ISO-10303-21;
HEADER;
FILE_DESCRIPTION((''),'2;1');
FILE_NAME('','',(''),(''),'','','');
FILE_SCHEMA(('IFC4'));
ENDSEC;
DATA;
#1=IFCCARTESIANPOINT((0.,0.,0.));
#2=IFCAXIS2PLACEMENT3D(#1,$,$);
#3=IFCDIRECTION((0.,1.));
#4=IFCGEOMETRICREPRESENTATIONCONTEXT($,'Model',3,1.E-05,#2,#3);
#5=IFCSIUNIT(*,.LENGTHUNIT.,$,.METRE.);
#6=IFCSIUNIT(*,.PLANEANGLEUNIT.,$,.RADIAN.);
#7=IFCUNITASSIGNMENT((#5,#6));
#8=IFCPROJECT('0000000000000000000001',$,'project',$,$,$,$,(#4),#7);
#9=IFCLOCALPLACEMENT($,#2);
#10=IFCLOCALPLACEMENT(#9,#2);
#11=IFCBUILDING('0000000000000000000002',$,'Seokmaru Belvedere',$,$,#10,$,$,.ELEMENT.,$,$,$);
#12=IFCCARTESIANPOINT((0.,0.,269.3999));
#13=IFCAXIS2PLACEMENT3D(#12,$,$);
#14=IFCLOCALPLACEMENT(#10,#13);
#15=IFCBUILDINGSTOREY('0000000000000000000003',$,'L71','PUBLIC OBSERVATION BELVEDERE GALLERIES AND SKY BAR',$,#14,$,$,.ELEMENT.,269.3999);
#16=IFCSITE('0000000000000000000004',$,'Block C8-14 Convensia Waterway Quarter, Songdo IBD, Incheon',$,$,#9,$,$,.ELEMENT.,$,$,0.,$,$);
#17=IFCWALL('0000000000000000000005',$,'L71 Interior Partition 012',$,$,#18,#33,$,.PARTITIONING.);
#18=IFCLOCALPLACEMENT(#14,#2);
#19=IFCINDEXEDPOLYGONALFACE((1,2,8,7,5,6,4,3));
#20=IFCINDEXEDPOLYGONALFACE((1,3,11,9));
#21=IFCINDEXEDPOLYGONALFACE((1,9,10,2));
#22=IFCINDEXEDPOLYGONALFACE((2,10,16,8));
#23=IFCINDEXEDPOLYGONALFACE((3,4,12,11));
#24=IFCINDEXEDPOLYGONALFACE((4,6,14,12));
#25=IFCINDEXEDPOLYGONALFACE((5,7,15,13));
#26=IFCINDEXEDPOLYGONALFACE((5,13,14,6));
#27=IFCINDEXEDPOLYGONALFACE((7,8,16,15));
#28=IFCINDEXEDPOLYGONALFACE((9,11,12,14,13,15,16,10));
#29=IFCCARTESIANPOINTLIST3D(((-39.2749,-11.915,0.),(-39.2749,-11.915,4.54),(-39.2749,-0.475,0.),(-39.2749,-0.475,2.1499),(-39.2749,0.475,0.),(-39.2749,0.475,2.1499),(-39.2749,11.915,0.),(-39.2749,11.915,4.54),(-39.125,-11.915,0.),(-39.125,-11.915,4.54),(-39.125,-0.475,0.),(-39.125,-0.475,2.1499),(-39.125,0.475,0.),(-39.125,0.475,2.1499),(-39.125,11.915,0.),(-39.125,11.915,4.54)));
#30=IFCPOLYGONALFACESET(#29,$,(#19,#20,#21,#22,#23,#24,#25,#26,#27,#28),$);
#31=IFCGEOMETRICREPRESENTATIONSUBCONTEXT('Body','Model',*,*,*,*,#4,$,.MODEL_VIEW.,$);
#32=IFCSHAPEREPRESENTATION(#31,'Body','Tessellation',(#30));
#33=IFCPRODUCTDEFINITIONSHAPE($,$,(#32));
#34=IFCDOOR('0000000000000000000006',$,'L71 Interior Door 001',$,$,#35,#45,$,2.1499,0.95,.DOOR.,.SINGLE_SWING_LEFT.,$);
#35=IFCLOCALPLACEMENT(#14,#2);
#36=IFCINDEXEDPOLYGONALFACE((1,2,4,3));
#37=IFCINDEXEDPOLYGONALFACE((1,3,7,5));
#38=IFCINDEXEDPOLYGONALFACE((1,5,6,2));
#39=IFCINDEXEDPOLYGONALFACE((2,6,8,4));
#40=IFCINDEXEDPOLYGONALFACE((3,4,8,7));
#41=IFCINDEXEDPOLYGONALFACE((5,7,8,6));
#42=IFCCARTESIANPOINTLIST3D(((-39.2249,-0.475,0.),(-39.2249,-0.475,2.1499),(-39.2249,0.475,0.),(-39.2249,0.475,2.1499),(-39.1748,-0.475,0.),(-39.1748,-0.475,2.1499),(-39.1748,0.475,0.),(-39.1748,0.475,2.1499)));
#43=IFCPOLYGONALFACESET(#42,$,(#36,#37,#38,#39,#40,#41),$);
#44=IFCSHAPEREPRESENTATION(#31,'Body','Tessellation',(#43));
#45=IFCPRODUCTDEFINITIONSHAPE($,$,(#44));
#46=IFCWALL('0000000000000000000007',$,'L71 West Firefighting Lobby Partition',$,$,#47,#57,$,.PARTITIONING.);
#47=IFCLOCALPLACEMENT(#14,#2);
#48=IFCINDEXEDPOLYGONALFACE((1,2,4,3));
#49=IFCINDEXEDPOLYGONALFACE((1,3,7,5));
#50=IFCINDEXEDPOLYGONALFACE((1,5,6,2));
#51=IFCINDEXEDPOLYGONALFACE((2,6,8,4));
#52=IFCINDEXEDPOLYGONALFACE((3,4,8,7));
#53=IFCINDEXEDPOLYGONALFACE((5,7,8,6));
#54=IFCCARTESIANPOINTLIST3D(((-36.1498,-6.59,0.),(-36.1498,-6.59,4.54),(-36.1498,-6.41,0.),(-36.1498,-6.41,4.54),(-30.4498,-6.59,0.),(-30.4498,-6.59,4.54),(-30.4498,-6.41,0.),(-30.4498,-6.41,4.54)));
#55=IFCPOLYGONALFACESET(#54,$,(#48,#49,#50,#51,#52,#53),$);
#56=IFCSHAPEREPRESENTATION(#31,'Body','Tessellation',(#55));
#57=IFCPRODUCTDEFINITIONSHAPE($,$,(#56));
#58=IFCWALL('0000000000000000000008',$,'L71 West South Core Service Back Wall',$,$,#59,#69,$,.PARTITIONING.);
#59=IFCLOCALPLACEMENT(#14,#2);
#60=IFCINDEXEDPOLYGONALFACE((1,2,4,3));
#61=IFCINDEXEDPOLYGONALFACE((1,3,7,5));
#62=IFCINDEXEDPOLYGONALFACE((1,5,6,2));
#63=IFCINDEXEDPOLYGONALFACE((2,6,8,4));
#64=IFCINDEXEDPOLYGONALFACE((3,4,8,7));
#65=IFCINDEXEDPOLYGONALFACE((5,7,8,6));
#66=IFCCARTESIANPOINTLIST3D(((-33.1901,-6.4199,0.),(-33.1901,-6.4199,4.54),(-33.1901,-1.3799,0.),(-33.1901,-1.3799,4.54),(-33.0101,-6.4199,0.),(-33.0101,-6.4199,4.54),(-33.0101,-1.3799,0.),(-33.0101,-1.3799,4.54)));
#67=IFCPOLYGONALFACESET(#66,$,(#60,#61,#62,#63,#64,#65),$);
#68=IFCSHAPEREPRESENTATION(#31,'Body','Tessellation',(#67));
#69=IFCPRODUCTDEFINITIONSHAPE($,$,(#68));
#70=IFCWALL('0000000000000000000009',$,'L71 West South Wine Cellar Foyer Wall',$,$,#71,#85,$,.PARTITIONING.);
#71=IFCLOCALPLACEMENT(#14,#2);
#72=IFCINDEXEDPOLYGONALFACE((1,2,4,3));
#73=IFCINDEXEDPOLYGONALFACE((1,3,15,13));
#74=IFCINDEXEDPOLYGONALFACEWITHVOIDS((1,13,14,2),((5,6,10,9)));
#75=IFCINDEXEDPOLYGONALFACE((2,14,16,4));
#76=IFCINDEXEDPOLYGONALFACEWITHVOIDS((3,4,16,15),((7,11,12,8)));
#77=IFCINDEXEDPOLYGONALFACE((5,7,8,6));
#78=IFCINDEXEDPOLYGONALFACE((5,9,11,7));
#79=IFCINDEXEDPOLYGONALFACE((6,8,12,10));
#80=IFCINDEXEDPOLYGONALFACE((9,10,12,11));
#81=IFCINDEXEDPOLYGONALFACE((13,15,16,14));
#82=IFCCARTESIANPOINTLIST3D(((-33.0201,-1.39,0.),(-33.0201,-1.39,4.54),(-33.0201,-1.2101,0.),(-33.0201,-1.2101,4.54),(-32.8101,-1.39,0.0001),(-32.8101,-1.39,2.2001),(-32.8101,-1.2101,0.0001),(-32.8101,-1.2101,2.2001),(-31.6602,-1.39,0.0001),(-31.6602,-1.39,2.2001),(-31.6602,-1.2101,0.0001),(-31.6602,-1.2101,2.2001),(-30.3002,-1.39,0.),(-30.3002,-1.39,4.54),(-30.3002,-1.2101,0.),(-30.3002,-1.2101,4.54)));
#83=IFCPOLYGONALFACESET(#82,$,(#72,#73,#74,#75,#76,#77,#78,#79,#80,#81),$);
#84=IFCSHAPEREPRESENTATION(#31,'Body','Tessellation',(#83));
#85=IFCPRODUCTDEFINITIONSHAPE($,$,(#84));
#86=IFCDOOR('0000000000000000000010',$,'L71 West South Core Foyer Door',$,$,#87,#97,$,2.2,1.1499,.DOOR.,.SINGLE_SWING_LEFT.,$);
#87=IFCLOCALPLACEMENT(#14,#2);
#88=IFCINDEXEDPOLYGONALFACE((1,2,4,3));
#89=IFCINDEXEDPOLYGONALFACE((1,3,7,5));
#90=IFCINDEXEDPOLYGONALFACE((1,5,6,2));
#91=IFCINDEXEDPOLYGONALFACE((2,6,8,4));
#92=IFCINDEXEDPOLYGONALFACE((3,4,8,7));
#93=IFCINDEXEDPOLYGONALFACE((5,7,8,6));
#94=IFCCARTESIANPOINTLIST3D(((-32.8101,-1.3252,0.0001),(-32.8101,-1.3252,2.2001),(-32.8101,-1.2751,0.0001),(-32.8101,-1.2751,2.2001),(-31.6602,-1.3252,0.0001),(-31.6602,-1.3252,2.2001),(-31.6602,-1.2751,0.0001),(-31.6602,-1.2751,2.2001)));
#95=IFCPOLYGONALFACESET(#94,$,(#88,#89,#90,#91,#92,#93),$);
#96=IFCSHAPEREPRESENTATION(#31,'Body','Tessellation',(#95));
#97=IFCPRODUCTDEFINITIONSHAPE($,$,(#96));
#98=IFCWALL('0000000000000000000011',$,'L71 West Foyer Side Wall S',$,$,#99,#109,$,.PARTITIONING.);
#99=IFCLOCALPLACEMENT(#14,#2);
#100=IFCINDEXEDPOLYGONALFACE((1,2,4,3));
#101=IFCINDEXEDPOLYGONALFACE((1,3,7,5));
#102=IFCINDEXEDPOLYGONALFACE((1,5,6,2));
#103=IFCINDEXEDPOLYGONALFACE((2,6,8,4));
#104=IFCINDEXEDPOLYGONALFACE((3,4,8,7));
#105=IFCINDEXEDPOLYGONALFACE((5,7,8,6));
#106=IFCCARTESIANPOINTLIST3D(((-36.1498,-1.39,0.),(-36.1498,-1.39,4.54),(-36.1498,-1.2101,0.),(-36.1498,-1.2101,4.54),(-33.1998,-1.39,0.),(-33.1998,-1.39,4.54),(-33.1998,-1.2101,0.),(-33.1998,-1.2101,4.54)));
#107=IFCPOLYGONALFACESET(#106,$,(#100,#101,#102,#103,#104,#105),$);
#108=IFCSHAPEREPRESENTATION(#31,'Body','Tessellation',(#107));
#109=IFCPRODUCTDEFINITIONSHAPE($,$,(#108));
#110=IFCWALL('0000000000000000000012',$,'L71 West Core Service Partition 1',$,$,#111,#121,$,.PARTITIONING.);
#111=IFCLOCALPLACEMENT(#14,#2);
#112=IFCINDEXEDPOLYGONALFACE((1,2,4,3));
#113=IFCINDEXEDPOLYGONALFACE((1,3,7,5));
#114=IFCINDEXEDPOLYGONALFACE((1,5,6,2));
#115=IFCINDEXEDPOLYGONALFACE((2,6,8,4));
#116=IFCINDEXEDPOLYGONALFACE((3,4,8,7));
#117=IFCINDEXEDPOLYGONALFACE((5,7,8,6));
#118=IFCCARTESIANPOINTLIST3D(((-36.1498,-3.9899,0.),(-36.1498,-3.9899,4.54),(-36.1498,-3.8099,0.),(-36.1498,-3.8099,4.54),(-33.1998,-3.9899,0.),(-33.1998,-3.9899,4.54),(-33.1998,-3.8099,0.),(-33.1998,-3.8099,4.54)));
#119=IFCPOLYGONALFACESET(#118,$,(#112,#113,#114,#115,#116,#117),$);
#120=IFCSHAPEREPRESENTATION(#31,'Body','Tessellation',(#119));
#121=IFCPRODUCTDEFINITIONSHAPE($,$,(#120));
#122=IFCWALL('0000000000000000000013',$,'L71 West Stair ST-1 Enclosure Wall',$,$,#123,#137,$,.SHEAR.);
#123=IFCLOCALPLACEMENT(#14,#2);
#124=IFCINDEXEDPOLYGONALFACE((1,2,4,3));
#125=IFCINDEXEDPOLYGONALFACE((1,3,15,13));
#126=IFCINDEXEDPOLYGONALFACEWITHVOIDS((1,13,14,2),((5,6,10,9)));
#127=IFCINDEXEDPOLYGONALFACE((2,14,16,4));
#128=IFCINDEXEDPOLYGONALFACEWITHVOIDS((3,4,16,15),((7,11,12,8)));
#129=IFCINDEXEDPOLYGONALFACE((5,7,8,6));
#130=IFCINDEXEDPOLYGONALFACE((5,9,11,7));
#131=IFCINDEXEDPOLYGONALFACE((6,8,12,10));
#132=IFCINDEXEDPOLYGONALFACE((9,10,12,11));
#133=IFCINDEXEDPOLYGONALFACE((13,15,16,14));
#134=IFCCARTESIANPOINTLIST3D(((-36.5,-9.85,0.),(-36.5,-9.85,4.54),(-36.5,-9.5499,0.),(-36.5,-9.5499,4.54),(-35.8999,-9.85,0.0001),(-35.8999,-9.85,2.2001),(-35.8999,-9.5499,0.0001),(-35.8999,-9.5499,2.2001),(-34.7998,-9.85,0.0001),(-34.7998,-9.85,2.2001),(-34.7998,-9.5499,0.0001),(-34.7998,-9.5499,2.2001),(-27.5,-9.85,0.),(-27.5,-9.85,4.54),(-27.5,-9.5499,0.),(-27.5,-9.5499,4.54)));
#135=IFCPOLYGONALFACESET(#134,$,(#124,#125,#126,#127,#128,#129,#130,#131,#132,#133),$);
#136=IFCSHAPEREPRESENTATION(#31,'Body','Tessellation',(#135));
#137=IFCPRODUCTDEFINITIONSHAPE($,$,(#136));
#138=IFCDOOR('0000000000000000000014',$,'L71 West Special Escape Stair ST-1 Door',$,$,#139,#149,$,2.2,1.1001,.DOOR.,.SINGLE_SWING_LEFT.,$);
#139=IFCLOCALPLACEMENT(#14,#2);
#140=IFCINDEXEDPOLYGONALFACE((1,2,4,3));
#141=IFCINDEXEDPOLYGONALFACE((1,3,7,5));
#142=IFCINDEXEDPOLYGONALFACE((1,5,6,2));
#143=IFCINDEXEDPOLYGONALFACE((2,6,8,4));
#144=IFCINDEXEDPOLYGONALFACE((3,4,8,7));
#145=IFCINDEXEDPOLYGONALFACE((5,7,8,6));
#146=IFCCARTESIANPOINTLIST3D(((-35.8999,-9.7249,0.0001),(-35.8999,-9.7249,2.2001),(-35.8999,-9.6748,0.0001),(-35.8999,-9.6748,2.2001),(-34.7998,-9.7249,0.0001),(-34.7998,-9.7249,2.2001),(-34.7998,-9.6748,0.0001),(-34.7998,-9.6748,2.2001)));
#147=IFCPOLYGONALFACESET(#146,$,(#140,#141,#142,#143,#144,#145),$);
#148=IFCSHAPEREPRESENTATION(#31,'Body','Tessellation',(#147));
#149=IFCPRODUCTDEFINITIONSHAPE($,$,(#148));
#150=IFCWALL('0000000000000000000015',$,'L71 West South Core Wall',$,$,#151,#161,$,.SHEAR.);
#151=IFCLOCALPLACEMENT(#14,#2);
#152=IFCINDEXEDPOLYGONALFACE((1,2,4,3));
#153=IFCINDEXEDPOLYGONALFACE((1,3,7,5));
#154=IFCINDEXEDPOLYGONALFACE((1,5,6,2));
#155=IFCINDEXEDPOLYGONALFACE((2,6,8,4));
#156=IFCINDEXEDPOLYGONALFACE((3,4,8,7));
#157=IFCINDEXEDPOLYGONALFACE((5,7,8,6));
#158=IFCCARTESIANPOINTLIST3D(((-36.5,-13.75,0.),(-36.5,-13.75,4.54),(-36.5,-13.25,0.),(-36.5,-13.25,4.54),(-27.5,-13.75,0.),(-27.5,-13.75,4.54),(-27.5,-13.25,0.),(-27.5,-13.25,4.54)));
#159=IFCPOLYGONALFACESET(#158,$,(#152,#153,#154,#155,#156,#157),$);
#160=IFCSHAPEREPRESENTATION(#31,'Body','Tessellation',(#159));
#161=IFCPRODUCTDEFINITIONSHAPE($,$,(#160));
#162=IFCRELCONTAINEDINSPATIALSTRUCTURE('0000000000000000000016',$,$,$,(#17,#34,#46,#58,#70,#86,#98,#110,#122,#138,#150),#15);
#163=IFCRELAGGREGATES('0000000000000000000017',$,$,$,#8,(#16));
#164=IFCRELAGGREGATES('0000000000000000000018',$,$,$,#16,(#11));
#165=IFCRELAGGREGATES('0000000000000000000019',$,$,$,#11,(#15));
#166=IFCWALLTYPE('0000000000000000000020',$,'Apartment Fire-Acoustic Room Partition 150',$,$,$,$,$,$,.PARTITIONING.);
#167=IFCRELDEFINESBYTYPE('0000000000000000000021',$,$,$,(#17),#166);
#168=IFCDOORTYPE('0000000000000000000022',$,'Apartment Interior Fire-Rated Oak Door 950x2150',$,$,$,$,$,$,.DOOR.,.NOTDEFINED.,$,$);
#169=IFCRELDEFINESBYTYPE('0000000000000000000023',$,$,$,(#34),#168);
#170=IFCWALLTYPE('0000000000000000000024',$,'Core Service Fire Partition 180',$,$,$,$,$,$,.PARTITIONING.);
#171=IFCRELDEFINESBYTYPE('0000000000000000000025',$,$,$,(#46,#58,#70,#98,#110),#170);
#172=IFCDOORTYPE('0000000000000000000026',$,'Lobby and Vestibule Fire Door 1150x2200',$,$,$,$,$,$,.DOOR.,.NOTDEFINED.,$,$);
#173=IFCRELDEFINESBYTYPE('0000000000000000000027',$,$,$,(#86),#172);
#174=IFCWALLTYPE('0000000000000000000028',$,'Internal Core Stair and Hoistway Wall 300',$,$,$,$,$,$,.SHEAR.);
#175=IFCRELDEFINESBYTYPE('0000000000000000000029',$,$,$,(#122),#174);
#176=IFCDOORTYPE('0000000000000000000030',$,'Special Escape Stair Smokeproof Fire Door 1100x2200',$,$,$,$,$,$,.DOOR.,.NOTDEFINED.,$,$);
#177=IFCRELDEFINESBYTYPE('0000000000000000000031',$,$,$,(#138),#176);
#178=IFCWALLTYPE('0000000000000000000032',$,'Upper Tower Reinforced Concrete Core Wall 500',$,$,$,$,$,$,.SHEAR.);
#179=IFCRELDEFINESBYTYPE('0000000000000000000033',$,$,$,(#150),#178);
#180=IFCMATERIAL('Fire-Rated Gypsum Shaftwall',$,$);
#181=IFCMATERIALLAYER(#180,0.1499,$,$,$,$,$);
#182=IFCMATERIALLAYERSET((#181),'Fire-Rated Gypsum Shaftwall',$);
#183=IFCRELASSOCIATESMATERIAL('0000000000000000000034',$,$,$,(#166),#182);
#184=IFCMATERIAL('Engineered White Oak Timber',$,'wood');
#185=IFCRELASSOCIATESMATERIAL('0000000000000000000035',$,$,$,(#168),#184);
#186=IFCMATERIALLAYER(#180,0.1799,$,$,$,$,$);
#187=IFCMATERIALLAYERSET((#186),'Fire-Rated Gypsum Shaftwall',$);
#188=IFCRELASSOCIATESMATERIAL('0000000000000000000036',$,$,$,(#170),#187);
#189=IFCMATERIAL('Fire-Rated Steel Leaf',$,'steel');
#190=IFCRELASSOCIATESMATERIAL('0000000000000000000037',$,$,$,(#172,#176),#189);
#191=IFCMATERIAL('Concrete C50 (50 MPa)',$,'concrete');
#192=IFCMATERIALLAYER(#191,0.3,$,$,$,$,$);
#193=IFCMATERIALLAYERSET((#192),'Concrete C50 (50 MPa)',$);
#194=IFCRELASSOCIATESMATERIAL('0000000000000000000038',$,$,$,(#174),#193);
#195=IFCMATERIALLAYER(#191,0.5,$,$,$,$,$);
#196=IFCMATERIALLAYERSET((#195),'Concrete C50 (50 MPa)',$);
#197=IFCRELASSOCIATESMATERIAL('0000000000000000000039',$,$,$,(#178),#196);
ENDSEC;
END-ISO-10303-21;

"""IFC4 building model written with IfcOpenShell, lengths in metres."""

from ifc_helpers import new_model, si_unit, direction, frame, frame_2d, origin, place, context, subcontext, project, spatial, rectangle, extrude, source, transform, mapped, material, layer, layer_set, type_object, type_shapes, element, fill, save


model = new_model("IFC4")

# Units and contexts
model_context = context("Model", 3, precision=1e-05, world=origin(), true_north=direction((0.0, 1.0)))
body_context = subcontext(model_context, "Body", "Model", "MODEL_VIEW")
ifc_project = project(units=[si_unit("LENGTHUNIT", "METRE"), si_unit("PLANEANGLEUNIT", "RADIAN")], contexts=[model_context])

# Site, building, storey
site_placement = place(None, origin())
site = spatial("IfcSite", under=ifc_project, at=site_placement, Name="Block C8-14 Convensia Waterway Quarter, Songdo IBD, Incheon", CompositionType="ELEMENT", RefElevation=0.0)
building_placement = place(site_placement, origin())
building = spatial("IfcBuilding", under=site, at=building_placement, Name="Seokmaru Belvedere", CompositionType="ELEMENT")
storey_placement = place(building_placement, frame((0.0, 0.0, 269.3999)))
storey = spatial("IfcBuildingStorey", under=building, at=storey_placement, Name="L71", Description="PUBLIC OBSERVATION BELVEDERE GALLERIES AND SKY BAR", CompositionType="ELEMENT", Elevation=269.3999)

# Shared definitions
ifc_material_1 = material(Name="Fire-Rated Gypsum Shaftwall")
ifc_layer_1 = layer(ifc_material_1, 0.1499)
ifc_layer_set_1 = layer_set([ifc_layer_1], Name="Fire-Rated Gypsum Shaftwall")
wall_type_1 = type_object("IfcWallType", Name="Apartment Fire-Acoustic Room Partition 150", PredefinedType="PARTITIONING", material=ifc_layer_set_1)

# Wall, opening, door
wall_1_placement = place(storey_placement, frame((-39.2, -11.915, 0.0), z_axis=(0.0, 0.0, 1.0), x_axis=(0.0, 1.0, 0.0)))
wall_1 = element("IfcWall", 1, at=wall_1_placement, inside=storey, type_object=wall_type_1, Name="L71 Interior Partition 012", PredefinedType="PARTITIONING", context=body_context, shape_type="SweptSolid", body=[
    extrude(rectangle(XDim=23.8301, YDim=0.1499, at=frame_2d((11.915, 0.0))), origin(), (0.0, 0.0, 1.0), 4.54),
])
opening_1_placement = place(wall_1_placement, frame((11.4399, 0.0, 0.0)))
opening_1 = element("IfcOpeningElement", 2, at=opening_1_placement, cuts=wall_1, PredefinedType="OPENING", context=body_context, shape_type="SweptSolid", body=[
    extrude(rectangle(XDim=0.95, YDim=2.1499, at=frame_2d((0.4751, 1.075))), frame((0.0, 0.085, 0.0), z_axis=(0.0, -1.0, 0.0), x_axis=(1.0, 0.0, 0.0)), (0.0, 0.0, 1.0), 0.1699),
])
ifc_material_2 = material(Name="Engineered White Oak Timber", Category="wood")
door_type_1 = type_object("IfcDoorType", Name="Apartment Interior Fire-Rated Oak Door 950x2150", OperationType="NOTDEFINED", PredefinedType="DOOR", material=ifc_material_2)
shared_shape_1 = source(origin(), body_context, "Body", "SweptSolid", [
    extrude(rectangle(XDim=0.95, YDim=2.1499, at=frame_2d((0.4751, 1.075))), frame((0.0, 0.0249, 0.0), z_axis=(0.0, -1.0, 0.0), x_axis=(1.0, 0.0, 0.0)), (0.0, 0.0, 1.0), 0.05),
])
type_shapes(door_type_1, [shared_shape_1])
door_1_placement = place(opening_1_placement, origin())
door_1 = element("IfcDoor", 3, at=door_1_placement, inside=storey, type_object=door_type_1, Name="L71 Interior Door 001", OperationType="SINGLE_SWING_LEFT", OverallHeight=2.1499, OverallWidth=0.95, PredefinedType="DOOR", context=body_context, shape_type="MappedRepresentation", body=[
    mapped(shared_shape_1, transform((0.0, 0.0, 0.0), scale=1.0)),
])
fill(opening_1, door_1)

# Walls
ifc_layer_2 = layer(ifc_material_1, 0.1799)
ifc_layer_set_2 = layer_set([ifc_layer_2], Name="Fire-Rated Gypsum Shaftwall")
wall_type_2 = type_object("IfcWallType", Name="Core Service Fire Partition 180", PredefinedType="PARTITIONING", material=ifc_layer_set_2)
wall_2_placement = place(storey_placement, frame((-36.1499, -6.5, 0.0), z_axis=(0.0, 0.0, 1.0), x_axis=(1.0, 0.0, 0.0)))
element("IfcWall", 4, at=wall_2_placement, inside=storey, type_object=wall_type_2, Name="L71 West Firefighting Lobby Partition", PredefinedType="PARTITIONING", context=body_context, shape_type="SweptSolid", body=[
    extrude(rectangle(XDim=5.7, YDim=0.1799, at=frame_2d((2.8501, 0.0))), origin(), (0.0, 0.0, 1.0), 4.54),
])
wall_3_placement = place(storey_placement, frame((-33.1001, -6.4199, 0.0), z_axis=(0.0, 0.0, 1.0), x_axis=(0.0, 1.0, 0.0)))
element("IfcWall", 5, at=wall_3_placement, inside=storey, type_object=wall_type_2, Name="L71 West South Core Service Back Wall", PredefinedType="PARTITIONING", context=body_context, shape_type="SweptSolid", body=[
    extrude(rectangle(XDim=5.04, YDim=0.1799, at=frame_2d((2.52, 0.0))), origin(), (0.0, 0.0, 1.0), 4.54),
])

# Wall, opening, door
wall_4_placement = place(storey_placement, frame((-33.02, -1.3, 0.0), z_axis=(0.0, 0.0, 1.0), x_axis=(1.0, 0.0, 0.0)))
wall_4 = element("IfcWall", 6, at=wall_4_placement, inside=storey, type_object=wall_type_2, Name="L71 West South Wine Cellar Foyer Wall", PredefinedType="PARTITIONING", context=body_context, shape_type="SweptSolid", body=[
    extrude(rectangle(XDim=2.72, YDim=0.1799, at=frame_2d((1.3599, 0.0))), origin(), (0.0, 0.0, 1.0), 4.54),
])
opening_2_placement = place(wall_4_placement, frame((0.21, 0.0, 0.0)))
opening_2 = element("IfcOpeningElement", 7, at=opening_2_placement, cuts=wall_4, PredefinedType="OPENING", context=body_context, shape_type="SweptSolid", body=[
    extrude(rectangle(XDim=1.1499, YDim=2.2, at=frame_2d((0.575, 1.1001))), frame((0.0, 0.1001, 0.0), z_axis=(0.0, -1.0, 0.0), x_axis=(1.0, 0.0, 0.0)), (0.0, 0.0, 1.0), 0.2),
])
ifc_material_3 = material(Name="Fire-Rated Steel Leaf", Category="steel")
door_type_2 = type_object("IfcDoorType", Name="Lobby and Vestibule Fire Door 1150x2200", OperationType="NOTDEFINED", PredefinedType="DOOR", material=ifc_material_3)
shared_shape_2 = source(origin(), body_context, "Body", "SweptSolid", [
    extrude(rectangle(XDim=1.1499, YDim=2.2, at=frame_2d((0.575, 1.1001))), frame((0.0, 0.0249, 0.0), z_axis=(0.0, -1.0, 0.0), x_axis=(1.0, 0.0, 0.0)), (0.0, 0.0, 1.0), 0.05),
])
type_shapes(door_type_2, [shared_shape_2])
door_2_placement = place(opening_2_placement, origin())
door_2 = element("IfcDoor", 8, at=door_2_placement, inside=storey, type_object=door_type_2, Name="L71 West South Core Foyer Door", OperationType="SINGLE_SWING_LEFT", OverallHeight=2.2, OverallWidth=1.1499, PredefinedType="DOOR", context=body_context, shape_type="MappedRepresentation", body=[
    mapped(shared_shape_2, transform((0.0, 0.0, 0.0), scale=1.0)),
])
fill(opening_2, door_2)

# Walls
for number, where, z_axis, x_axis, name in (
    (9, (-36.1499, -1.3, 0.0), (0.0, 0.0, 1.0), (1.0, 0.0, 0.0), "L71 West Foyer Side Wall S"),
    (10, (-36.1499, -3.8999, 0.0), (0.0, 0.0, 1.0), (1.0, 0.0, 0.0), "L71 West Core Service Partition 1"),
):
    element("IfcWall", number, at=place(storey_placement, frame(where, z_axis=z_axis, x_axis=x_axis)), inside=storey, type_object=wall_type_2, Name=name, PredefinedType="PARTITIONING", context=body_context, shape_type="SweptSolid", body=[
        extrude(rectangle(XDim=2.95, YDim=0.1799, at=frame_2d((1.4751, 0.0))), origin(), (0.0, 0.0, 1.0), 4.54),
    ])

# Wall, opening, door
ifc_material_4 = material(Name="Concrete C50 (50 MPa)", Category="concrete")
ifc_layer_3 = layer(ifc_material_4, 0.3)
ifc_layer_set_3 = layer_set([ifc_layer_3], Name="Concrete C50 (50 MPa)")
wall_type_3 = type_object("IfcWallType", Name="Internal Core Stair and Hoistway Wall 300", PredefinedType="SHEAR", material=ifc_layer_set_3)
wall_5_placement = place(storey_placement, frame((-36.5, -9.7, 0.0), z_axis=(0.0, 0.0, 1.0), x_axis=(1.0, 0.0, 0.0)))
wall_5 = element("IfcWall", 11, at=wall_5_placement, inside=storey, type_object=wall_type_3, Name="L71 West Stair ST-1 Enclosure Wall", PredefinedType="SHEAR", context=body_context, shape_type="SweptSolid", body=[
    extrude(rectangle(XDim=9.0, YDim=0.3, at=frame_2d((4.5, 0.0))), origin(), (0.0, 0.0, 1.0), 4.54),
])
opening_3_placement = place(wall_5_placement, frame((0.6001, 0.0, 0.0)))
opening_3 = element("IfcOpeningElement", 12, at=opening_3_placement, cuts=wall_5, PredefinedType="OPENING", context=body_context, shape_type="SweptSolid", body=[
    extrude(rectangle(XDim=1.1001, YDim=2.2, at=frame_2d((0.55, 1.1001))), frame((0.0, 0.1602, 0.0), z_axis=(0.0, -1.0, 0.0), x_axis=(1.0, 0.0, 0.0)), (0.0, 0.0, 1.0), 0.3201),
])
door_type_3 = type_object("IfcDoorType", Name="Special Escape Stair Smokeproof Fire Door 1100x2200", OperationType="NOTDEFINED", PredefinedType="DOOR", material=ifc_material_3)
shared_shape_3 = source(origin(), body_context, "Body", "SweptSolid", [
    extrude(rectangle(XDim=1.1001, YDim=2.2, at=frame_2d((0.55, 1.1001))), frame((0.0, 0.0249, 0.0), z_axis=(0.0, -1.0, 0.0), x_axis=(1.0, 0.0, 0.0)), (0.0, 0.0, 1.0), 0.05),
])
type_shapes(door_type_3, [shared_shape_3])
door_3_placement = place(opening_3_placement, frame((1.1001, 0.0, 0.0), z_axis=(0.0, 0.0, 1.0), x_axis=(-1.0, 0.0, 0.0)))
door_3 = element("IfcDoor", 13, at=door_3_placement, inside=storey, type_object=door_type_3, Name="L71 West Special Escape Stair ST-1 Door", OperationType="SINGLE_SWING_LEFT", OverallHeight=2.2, OverallWidth=1.1001, PredefinedType="DOOR", context=body_context, shape_type="MappedRepresentation", body=[
    mapped(shared_shape_3, transform((0.0, 0.0, 0.0), scale=1.0)),
])
fill(opening_3, door_3)

# Wall
ifc_layer_4 = layer(ifc_material_4, 0.5)
ifc_layer_set_4 = layer_set([ifc_layer_4], Name="Concrete C50 (50 MPa)")
wall_type_4 = type_object("IfcWallType", Name="Upper Tower Reinforced Concrete Core Wall 500", PredefinedType="SHEAR", material=ifc_layer_set_4)
wall_6_placement = place(storey_placement, frame((-36.5, -13.5, 0.0), z_axis=(0.0, 0.0, 1.0), x_axis=(1.0, 0.0, 0.0)))
element("IfcWall", 14, at=wall_6_placement, inside=storey, type_object=wall_type_4, Name="L71 West South Core Wall", PredefinedType="SHEAR", context=body_context, shape_type="SweptSolid", body=[
    extrude(rectangle(XDim=9.0, YDim=0.5, at=frame_2d((4.5, 0.0))), origin(), (0.0, 0.0, 1.0), 4.54),
])

save(model, "model.ifc")
